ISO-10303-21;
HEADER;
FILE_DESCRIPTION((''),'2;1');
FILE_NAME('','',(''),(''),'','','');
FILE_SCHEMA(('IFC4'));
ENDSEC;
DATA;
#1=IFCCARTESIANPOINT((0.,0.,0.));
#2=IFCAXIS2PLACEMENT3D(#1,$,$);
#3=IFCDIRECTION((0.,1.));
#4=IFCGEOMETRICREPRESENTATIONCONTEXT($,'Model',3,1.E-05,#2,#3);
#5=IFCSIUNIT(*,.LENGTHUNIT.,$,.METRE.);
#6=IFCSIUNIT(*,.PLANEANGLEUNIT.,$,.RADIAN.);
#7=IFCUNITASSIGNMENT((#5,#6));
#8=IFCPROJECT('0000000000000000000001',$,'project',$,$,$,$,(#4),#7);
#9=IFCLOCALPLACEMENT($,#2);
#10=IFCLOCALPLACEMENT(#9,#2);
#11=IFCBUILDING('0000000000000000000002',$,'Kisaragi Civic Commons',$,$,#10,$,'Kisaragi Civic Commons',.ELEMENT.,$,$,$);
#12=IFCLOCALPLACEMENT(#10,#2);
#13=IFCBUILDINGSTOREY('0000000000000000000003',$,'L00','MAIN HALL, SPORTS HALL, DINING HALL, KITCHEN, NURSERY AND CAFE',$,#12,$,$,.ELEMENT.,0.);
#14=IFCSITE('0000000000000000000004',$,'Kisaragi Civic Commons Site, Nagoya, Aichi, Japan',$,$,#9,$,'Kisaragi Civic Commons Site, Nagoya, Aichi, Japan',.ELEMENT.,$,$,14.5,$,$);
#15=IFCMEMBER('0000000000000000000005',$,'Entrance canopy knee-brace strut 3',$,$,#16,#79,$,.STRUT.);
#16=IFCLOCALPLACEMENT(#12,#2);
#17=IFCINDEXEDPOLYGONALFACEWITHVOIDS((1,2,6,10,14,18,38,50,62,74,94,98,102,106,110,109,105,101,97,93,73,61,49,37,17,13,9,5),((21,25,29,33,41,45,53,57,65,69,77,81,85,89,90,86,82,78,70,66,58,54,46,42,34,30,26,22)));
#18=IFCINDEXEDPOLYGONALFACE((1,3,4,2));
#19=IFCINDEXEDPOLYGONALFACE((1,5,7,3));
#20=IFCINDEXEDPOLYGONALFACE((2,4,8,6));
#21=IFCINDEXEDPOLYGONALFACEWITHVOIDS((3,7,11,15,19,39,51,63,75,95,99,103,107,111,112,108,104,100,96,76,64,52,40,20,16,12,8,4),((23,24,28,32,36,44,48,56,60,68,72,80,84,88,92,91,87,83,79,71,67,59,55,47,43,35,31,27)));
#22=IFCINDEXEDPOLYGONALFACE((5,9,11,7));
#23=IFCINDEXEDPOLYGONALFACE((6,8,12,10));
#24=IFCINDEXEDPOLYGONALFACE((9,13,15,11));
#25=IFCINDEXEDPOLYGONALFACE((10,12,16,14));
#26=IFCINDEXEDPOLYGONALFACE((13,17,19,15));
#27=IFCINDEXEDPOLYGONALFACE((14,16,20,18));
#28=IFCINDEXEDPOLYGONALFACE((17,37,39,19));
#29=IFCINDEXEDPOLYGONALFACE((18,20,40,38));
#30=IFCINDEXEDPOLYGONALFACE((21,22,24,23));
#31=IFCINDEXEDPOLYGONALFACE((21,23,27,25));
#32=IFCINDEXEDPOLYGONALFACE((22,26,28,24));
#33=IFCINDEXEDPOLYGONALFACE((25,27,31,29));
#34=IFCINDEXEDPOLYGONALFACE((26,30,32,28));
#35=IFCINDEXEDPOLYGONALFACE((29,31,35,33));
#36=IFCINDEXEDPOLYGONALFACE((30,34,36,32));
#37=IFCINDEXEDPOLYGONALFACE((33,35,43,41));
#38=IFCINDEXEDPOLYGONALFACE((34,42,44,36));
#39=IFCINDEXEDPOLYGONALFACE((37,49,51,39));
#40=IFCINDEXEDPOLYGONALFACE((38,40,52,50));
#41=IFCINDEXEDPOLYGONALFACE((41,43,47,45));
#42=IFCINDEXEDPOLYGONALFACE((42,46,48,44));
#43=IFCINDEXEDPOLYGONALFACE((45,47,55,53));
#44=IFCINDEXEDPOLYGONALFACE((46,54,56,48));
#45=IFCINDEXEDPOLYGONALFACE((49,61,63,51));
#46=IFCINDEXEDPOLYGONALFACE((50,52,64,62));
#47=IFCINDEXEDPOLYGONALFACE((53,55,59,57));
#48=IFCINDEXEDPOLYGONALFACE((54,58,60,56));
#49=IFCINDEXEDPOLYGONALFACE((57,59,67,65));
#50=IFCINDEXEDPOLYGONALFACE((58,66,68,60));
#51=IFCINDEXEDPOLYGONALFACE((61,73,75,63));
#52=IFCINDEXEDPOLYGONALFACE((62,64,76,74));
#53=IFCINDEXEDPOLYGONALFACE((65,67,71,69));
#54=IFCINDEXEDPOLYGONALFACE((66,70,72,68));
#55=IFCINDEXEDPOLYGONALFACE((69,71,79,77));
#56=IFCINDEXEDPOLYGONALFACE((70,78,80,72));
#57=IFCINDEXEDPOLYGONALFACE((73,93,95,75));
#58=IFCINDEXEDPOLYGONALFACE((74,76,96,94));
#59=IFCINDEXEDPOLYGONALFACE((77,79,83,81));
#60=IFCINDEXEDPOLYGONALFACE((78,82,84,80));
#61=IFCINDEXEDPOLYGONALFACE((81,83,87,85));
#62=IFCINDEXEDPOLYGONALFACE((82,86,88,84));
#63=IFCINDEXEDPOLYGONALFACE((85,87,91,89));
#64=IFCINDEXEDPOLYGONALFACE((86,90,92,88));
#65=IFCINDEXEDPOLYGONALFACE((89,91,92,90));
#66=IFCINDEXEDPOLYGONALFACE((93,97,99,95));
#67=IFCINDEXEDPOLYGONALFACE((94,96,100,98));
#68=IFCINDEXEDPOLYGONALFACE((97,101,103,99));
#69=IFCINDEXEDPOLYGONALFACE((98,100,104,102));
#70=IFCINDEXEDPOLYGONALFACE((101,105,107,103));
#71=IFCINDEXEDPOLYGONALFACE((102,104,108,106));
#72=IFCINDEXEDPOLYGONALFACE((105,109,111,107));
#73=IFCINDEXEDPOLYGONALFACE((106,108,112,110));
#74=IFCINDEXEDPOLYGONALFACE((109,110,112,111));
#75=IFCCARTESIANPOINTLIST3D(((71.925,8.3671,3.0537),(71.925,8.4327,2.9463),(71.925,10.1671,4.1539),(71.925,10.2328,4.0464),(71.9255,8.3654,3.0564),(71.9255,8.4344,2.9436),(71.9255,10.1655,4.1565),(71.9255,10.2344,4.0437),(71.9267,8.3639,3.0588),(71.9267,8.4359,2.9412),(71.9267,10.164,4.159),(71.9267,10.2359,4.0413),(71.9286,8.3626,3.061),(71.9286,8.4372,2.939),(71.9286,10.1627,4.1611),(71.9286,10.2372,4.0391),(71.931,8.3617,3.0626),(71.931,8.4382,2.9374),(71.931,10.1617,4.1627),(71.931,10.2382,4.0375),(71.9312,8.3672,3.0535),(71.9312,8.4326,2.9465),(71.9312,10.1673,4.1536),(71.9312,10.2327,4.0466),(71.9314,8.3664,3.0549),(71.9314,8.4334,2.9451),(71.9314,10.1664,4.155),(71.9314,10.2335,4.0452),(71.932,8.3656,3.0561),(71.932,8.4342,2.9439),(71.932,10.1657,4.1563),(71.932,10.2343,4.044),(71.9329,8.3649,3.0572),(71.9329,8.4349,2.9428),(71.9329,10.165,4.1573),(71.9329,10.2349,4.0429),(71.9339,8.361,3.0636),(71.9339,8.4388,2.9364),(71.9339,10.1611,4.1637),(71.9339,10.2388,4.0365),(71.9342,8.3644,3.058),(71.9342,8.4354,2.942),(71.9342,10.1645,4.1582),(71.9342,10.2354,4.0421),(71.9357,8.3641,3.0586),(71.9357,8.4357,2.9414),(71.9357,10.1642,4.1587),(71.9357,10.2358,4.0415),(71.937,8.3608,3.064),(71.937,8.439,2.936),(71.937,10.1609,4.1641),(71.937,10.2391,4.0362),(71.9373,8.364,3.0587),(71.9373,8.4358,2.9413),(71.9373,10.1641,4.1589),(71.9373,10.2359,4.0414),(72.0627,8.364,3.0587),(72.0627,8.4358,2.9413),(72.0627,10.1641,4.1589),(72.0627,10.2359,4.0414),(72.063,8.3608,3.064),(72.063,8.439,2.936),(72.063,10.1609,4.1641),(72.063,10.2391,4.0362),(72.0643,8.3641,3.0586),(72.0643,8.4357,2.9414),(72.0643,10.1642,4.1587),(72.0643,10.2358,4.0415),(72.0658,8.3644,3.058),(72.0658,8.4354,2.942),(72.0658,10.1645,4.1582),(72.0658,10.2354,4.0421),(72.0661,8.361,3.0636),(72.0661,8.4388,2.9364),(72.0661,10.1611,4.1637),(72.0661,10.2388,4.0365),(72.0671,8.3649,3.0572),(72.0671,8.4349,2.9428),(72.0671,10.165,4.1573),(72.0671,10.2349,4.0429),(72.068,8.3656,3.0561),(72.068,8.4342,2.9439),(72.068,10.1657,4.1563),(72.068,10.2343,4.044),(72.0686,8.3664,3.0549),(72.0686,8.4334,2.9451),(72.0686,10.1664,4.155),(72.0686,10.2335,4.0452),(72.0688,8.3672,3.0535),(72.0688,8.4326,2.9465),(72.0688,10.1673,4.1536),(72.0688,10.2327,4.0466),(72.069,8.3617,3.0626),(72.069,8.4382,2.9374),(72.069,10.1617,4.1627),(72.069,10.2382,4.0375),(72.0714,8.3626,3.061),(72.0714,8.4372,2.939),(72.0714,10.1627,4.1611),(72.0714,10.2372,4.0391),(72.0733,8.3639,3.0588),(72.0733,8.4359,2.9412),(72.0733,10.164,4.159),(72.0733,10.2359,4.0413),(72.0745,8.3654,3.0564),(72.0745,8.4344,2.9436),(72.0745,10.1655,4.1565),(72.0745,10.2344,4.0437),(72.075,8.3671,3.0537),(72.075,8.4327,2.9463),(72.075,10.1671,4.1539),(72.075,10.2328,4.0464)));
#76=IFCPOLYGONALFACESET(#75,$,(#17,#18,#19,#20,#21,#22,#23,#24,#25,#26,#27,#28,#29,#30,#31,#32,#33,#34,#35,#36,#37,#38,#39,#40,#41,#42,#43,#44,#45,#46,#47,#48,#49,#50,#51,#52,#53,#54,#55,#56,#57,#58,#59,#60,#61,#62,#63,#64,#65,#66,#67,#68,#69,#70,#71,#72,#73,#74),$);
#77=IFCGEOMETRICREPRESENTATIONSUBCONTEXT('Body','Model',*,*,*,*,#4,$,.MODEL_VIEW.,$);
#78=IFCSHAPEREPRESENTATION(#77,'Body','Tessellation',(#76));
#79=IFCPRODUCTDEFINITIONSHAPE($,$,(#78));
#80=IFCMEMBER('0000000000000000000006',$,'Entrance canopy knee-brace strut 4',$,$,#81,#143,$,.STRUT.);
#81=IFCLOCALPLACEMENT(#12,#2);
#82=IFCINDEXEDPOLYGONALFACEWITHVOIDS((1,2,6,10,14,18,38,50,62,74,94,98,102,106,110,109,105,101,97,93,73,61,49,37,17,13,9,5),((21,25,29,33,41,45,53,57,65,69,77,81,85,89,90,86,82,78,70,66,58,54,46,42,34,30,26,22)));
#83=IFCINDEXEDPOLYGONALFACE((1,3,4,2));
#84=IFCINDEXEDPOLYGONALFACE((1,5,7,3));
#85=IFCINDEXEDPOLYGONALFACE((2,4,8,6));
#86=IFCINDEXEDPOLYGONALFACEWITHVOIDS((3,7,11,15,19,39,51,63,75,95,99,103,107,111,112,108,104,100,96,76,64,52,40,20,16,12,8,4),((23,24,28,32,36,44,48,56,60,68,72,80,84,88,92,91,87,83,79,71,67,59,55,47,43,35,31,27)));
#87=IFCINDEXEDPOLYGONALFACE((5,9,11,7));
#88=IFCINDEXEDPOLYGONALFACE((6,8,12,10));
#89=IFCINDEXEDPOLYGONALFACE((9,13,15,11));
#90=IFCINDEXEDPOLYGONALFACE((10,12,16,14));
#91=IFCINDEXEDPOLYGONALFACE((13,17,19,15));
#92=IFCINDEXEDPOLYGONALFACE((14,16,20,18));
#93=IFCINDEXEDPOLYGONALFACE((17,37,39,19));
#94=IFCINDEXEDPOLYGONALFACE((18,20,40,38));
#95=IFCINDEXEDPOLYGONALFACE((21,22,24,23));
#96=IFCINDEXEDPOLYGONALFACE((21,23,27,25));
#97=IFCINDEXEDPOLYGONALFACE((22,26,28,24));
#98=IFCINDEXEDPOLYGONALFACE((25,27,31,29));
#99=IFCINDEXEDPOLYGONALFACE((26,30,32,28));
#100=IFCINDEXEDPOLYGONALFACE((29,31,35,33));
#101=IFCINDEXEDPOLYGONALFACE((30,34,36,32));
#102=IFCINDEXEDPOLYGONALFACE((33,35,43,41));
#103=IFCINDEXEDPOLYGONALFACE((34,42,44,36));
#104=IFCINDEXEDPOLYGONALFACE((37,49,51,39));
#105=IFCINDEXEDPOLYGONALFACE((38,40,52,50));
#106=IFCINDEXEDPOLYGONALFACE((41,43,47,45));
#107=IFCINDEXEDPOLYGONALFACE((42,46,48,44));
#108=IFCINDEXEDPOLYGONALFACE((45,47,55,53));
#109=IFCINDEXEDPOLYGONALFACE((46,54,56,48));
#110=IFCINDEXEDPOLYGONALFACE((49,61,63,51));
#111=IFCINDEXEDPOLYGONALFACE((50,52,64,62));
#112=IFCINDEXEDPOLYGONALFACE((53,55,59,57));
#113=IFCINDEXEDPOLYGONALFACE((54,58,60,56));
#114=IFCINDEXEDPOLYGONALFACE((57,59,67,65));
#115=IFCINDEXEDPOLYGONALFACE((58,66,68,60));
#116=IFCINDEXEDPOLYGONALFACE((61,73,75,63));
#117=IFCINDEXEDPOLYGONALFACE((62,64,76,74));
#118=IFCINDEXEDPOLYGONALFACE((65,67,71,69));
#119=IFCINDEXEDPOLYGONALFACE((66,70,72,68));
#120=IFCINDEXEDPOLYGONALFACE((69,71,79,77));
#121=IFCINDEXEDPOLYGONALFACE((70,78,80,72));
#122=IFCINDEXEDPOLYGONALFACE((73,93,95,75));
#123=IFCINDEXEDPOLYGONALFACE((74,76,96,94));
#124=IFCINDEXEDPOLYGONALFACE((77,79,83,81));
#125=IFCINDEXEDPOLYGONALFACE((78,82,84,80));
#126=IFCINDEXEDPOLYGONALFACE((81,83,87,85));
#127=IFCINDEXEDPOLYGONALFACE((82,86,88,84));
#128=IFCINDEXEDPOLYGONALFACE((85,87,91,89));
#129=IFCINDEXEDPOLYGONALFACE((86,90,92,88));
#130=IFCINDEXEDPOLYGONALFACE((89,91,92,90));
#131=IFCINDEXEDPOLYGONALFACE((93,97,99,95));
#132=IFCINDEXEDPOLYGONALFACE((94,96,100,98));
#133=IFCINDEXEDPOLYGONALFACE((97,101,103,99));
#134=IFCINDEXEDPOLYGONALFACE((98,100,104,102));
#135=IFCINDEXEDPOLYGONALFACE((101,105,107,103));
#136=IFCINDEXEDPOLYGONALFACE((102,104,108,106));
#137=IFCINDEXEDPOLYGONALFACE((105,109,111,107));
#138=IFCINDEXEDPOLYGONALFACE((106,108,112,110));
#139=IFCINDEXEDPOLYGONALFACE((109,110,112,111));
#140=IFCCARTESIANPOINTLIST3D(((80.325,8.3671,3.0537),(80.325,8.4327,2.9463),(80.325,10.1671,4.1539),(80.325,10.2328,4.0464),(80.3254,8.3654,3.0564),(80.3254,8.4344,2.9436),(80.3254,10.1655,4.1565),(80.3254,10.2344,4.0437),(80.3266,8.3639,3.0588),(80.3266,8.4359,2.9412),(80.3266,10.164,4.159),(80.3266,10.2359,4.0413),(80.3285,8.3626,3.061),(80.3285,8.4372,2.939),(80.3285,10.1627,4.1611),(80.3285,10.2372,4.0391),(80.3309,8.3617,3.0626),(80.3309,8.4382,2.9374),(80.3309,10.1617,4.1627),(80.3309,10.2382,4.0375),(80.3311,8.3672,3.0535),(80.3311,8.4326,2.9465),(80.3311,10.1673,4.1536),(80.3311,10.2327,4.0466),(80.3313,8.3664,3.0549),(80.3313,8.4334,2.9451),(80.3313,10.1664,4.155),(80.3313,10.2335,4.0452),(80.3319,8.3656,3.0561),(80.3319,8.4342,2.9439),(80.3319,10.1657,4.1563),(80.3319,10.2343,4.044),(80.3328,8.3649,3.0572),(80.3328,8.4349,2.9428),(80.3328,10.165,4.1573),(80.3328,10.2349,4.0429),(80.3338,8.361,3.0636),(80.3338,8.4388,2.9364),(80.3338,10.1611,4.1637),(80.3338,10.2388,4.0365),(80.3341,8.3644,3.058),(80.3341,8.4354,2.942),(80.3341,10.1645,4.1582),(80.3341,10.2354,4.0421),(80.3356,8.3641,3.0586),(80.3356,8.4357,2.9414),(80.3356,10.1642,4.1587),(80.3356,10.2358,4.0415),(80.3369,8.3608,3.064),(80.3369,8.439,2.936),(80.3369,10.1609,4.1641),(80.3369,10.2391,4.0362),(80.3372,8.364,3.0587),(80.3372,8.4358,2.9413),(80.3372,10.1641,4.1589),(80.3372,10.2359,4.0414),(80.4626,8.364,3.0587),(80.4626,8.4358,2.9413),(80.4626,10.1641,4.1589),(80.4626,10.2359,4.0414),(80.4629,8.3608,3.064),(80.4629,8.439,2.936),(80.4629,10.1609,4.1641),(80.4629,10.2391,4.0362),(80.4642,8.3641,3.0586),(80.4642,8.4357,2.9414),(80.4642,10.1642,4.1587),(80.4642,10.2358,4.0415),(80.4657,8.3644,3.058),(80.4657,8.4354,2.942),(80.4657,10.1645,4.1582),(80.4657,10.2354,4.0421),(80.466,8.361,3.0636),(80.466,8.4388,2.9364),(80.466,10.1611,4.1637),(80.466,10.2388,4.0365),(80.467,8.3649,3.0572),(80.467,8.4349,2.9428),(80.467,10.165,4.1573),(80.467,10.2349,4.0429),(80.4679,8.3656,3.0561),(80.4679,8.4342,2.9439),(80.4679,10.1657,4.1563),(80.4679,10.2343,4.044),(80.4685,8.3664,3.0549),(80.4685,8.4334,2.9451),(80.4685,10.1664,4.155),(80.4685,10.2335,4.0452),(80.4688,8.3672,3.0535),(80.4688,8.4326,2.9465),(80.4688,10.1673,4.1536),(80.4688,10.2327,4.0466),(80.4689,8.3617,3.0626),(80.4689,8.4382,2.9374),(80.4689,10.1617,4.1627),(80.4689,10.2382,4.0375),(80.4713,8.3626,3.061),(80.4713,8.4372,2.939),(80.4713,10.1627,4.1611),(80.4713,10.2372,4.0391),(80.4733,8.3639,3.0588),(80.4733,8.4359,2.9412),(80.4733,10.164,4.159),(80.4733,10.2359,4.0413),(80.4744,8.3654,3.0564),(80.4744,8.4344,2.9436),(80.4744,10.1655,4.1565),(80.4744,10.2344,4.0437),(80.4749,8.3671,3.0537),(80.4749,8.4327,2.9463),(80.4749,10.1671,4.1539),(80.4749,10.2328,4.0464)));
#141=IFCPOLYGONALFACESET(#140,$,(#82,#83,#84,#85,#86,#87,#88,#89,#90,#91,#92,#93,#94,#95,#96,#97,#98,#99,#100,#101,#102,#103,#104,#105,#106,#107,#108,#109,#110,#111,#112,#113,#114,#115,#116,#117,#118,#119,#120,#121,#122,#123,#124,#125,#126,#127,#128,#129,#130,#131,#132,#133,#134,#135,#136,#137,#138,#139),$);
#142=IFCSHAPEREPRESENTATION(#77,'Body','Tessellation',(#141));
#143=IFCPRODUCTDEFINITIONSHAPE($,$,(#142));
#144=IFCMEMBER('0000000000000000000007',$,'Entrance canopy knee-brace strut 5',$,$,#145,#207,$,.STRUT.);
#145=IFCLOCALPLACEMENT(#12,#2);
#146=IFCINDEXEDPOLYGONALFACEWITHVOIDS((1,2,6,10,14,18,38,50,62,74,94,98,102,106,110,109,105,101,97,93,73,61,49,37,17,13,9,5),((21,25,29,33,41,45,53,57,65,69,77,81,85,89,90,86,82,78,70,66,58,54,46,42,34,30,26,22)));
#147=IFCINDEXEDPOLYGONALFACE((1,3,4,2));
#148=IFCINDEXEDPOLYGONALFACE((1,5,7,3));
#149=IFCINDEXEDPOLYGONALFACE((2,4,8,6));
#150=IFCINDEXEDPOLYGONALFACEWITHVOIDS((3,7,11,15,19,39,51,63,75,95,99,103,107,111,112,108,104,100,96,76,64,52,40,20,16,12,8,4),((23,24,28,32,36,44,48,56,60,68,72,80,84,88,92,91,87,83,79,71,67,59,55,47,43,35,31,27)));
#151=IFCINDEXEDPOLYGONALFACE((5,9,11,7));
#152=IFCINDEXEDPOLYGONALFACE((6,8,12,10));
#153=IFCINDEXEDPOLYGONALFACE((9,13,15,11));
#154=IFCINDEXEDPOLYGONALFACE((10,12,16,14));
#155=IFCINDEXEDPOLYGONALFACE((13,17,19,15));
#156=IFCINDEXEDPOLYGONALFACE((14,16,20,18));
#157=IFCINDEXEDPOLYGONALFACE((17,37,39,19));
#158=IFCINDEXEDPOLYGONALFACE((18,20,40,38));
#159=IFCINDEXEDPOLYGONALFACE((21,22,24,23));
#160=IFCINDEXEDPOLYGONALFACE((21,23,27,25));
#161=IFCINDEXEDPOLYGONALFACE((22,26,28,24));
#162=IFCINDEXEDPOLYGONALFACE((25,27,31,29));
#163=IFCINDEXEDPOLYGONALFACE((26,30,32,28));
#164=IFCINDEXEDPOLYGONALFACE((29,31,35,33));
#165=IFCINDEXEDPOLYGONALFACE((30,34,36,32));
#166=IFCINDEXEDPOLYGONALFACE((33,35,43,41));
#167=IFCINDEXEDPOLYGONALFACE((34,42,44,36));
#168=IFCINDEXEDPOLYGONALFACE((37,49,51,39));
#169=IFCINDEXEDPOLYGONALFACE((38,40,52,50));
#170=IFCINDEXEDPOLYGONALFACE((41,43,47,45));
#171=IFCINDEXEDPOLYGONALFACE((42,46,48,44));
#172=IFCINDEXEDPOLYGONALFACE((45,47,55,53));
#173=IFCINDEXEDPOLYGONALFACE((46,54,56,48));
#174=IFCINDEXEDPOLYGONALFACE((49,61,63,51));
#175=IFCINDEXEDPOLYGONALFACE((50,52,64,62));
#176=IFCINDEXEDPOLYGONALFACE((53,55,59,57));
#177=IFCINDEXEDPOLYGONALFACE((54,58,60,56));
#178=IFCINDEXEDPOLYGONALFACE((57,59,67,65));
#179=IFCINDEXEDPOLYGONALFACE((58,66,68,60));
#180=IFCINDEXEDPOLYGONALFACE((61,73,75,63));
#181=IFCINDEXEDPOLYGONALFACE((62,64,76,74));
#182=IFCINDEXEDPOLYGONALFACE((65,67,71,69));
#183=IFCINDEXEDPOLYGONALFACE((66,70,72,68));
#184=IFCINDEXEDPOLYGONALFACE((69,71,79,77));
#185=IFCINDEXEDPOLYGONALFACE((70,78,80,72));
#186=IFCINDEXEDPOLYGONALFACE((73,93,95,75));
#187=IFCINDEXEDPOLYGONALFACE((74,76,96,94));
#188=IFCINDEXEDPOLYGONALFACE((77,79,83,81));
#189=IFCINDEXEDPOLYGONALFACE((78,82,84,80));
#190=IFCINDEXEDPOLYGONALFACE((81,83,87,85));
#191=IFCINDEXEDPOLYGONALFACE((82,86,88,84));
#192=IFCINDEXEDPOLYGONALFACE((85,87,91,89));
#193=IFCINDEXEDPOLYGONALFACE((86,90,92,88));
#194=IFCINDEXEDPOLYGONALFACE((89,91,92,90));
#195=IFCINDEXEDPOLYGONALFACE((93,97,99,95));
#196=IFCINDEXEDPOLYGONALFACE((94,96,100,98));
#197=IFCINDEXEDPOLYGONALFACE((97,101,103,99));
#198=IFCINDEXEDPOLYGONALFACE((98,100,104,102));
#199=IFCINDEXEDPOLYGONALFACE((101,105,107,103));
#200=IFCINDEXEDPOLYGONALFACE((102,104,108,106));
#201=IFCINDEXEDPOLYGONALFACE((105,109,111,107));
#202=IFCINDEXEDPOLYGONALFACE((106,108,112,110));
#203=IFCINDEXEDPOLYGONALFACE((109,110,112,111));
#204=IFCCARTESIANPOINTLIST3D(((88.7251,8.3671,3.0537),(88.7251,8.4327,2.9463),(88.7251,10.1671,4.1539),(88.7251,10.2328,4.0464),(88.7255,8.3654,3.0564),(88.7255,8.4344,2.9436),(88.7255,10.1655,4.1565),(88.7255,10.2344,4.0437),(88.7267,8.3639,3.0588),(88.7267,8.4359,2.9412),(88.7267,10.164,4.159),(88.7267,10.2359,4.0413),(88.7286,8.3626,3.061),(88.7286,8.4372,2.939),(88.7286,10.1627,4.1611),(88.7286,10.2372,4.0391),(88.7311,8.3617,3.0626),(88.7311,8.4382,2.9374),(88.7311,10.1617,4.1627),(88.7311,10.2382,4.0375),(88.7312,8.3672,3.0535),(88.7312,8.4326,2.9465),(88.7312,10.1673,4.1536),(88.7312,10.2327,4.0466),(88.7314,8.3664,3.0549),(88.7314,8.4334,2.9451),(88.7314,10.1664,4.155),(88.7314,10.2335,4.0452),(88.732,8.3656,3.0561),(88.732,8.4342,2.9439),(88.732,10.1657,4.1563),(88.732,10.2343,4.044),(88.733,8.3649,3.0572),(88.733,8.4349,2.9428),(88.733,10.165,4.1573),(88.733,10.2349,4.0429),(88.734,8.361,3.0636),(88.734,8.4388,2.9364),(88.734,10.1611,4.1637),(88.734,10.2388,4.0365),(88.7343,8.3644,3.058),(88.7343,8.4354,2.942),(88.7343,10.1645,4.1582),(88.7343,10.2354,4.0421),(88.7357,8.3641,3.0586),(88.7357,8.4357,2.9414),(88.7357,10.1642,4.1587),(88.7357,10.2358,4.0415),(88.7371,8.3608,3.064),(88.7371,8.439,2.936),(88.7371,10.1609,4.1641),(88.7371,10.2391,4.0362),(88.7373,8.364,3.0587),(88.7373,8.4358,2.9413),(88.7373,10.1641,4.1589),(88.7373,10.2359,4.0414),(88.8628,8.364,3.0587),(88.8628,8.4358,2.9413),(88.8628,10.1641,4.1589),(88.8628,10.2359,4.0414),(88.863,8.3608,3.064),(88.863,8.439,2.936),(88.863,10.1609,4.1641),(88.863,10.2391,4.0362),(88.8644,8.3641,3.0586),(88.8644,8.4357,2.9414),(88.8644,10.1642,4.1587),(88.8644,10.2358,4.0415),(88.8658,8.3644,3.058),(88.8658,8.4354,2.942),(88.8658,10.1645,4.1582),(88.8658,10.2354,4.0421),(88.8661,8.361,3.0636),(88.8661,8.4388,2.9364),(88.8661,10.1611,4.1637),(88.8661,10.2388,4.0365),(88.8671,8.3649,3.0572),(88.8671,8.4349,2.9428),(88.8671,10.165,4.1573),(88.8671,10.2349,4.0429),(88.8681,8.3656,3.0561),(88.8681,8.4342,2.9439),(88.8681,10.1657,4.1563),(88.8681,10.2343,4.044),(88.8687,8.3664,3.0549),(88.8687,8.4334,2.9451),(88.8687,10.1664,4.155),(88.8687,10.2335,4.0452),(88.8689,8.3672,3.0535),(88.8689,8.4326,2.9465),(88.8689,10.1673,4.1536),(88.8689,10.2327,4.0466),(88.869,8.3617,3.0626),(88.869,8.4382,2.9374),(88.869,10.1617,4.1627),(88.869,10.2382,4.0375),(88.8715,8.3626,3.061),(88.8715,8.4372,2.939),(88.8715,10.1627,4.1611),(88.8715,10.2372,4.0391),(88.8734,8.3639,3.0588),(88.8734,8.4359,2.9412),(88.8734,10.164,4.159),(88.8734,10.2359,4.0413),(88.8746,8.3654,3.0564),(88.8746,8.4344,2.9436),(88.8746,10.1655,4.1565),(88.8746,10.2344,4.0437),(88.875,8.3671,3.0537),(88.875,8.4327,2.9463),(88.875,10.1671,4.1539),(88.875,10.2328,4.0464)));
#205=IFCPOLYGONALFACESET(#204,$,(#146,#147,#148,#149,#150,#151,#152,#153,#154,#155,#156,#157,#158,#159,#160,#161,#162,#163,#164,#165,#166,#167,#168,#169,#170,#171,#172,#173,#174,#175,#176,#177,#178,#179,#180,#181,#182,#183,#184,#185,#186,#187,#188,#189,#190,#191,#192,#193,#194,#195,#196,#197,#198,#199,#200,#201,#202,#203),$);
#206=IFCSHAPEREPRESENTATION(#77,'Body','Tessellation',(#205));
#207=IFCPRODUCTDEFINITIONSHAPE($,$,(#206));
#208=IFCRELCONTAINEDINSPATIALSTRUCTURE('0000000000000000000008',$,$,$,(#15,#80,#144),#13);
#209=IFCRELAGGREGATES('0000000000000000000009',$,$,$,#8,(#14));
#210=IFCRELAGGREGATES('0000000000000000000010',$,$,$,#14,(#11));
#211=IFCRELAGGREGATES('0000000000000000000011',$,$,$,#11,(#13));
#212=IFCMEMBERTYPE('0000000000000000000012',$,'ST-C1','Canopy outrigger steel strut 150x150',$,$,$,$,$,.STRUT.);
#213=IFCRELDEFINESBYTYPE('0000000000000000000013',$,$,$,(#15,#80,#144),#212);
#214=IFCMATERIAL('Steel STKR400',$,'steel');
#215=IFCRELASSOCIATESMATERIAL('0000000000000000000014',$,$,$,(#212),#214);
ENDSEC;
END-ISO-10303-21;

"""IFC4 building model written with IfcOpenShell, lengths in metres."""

from ifc_helpers import new_model, si_unit, direction, frame, origin, origin_2d, place, context, subcontext, project, spatial, hollow_rectangle, extrude, material, material_profile, profile_set, type_object, element, save


model = new_model("IFC4")

# Units and contexts
model_context = context("Model", 3, precision=1e-05, world=origin(), true_north=direction((0.0, 1.0)))
body_context = subcontext(model_context, "Body", "Model", "MODEL_VIEW")
ifc_project = project(units=[si_unit("LENGTHUNIT", "METRE"), si_unit("PLANEANGLEUNIT", "RADIAN")], contexts=[model_context])

# Site, building, storey
site_placement = place(None, origin())
site = spatial("IfcSite", under=ifc_project, at=site_placement, Name="Kisaragi Civic Commons Site, Nagoya, Aichi, Japan", LongName="Kisaragi Civic Commons Site, Nagoya, Aichi, Japan", CompositionType="ELEMENT", RefElevation=14.5)
building_placement = place(site_placement, origin())
building = spatial("IfcBuilding", under=site, at=building_placement, Name="Kisaragi Civic Commons", LongName="Kisaragi Civic Commons", CompositionType="ELEMENT")
storey_placement = place(building_placement, origin())
storey = spatial("IfcBuildingStorey", under=building, at=storey_placement, Name="L00", Description="MAIN HALL, SPORTS HALL, DINING HALL, KITCHEN, NURSERY AND CAFE", CompositionType="ELEMENT", Elevation=0.0)

# Members
ifc_material_1 = material(Name="Steel STKR400", Category="steel")
ifc_material_profile_1 = material_profile(ifc_material_1, hollow_rectangle(XDim=0.1499, YDim=0.1499, WallThickness=0.0061, InnerFilletRadius=0.0061, OuterFilletRadius=0.012, at=origin_2d()), Name="STKR-150x150x6", Category="steel")
ifc_profile_set_1 = profile_set([ifc_material_profile_1], Name="Steel STKR400")
member_type = type_object("IfcMemberType", Name="ST-C1", Description="Canopy outrigger steel strut 150x150", PredefinedType="STRUT", material=ifc_profile_set_1)
for number, where, z_axis, x_axis, name in (
    (1, (72.0, 8.3999, 3.0), (0.0, 0.853268, 0.521473), (-1.0, 0.0, 0.0), "Entrance canopy knee-brace strut 3"),
    (2, (80.3999, 8.3999, 3.0), (0.0, 0.853268, 0.521473), (-1.0, 0.0, 0.0), "Entrance canopy knee-brace strut 4"),
    (3, (88.8, 8.3999, 3.0), (0.0, 0.853268, 0.521473), (-1.0, 0.0, 0.0), "Entrance canopy knee-brace strut 5"),
):
    element("IfcMember", number, at=place(storey_placement, frame(where, z_axis=z_axis, x_axis=x_axis)), inside=storey, type_object=member_type, Name=name, PredefinedType="STRUT", context=body_context, shape_type="SweptSolid", body=[
        extrude(hollow_rectangle(XDim=0.1499, YDim=0.1499, WallThickness=0.0061, InnerFilletRadius=0.0061, OuterFilletRadius=0.012, at=origin_2d()), origin(), (0.0, 0.0, 1.0), 2.1096),
    ])

save(model, "model.ifc")
